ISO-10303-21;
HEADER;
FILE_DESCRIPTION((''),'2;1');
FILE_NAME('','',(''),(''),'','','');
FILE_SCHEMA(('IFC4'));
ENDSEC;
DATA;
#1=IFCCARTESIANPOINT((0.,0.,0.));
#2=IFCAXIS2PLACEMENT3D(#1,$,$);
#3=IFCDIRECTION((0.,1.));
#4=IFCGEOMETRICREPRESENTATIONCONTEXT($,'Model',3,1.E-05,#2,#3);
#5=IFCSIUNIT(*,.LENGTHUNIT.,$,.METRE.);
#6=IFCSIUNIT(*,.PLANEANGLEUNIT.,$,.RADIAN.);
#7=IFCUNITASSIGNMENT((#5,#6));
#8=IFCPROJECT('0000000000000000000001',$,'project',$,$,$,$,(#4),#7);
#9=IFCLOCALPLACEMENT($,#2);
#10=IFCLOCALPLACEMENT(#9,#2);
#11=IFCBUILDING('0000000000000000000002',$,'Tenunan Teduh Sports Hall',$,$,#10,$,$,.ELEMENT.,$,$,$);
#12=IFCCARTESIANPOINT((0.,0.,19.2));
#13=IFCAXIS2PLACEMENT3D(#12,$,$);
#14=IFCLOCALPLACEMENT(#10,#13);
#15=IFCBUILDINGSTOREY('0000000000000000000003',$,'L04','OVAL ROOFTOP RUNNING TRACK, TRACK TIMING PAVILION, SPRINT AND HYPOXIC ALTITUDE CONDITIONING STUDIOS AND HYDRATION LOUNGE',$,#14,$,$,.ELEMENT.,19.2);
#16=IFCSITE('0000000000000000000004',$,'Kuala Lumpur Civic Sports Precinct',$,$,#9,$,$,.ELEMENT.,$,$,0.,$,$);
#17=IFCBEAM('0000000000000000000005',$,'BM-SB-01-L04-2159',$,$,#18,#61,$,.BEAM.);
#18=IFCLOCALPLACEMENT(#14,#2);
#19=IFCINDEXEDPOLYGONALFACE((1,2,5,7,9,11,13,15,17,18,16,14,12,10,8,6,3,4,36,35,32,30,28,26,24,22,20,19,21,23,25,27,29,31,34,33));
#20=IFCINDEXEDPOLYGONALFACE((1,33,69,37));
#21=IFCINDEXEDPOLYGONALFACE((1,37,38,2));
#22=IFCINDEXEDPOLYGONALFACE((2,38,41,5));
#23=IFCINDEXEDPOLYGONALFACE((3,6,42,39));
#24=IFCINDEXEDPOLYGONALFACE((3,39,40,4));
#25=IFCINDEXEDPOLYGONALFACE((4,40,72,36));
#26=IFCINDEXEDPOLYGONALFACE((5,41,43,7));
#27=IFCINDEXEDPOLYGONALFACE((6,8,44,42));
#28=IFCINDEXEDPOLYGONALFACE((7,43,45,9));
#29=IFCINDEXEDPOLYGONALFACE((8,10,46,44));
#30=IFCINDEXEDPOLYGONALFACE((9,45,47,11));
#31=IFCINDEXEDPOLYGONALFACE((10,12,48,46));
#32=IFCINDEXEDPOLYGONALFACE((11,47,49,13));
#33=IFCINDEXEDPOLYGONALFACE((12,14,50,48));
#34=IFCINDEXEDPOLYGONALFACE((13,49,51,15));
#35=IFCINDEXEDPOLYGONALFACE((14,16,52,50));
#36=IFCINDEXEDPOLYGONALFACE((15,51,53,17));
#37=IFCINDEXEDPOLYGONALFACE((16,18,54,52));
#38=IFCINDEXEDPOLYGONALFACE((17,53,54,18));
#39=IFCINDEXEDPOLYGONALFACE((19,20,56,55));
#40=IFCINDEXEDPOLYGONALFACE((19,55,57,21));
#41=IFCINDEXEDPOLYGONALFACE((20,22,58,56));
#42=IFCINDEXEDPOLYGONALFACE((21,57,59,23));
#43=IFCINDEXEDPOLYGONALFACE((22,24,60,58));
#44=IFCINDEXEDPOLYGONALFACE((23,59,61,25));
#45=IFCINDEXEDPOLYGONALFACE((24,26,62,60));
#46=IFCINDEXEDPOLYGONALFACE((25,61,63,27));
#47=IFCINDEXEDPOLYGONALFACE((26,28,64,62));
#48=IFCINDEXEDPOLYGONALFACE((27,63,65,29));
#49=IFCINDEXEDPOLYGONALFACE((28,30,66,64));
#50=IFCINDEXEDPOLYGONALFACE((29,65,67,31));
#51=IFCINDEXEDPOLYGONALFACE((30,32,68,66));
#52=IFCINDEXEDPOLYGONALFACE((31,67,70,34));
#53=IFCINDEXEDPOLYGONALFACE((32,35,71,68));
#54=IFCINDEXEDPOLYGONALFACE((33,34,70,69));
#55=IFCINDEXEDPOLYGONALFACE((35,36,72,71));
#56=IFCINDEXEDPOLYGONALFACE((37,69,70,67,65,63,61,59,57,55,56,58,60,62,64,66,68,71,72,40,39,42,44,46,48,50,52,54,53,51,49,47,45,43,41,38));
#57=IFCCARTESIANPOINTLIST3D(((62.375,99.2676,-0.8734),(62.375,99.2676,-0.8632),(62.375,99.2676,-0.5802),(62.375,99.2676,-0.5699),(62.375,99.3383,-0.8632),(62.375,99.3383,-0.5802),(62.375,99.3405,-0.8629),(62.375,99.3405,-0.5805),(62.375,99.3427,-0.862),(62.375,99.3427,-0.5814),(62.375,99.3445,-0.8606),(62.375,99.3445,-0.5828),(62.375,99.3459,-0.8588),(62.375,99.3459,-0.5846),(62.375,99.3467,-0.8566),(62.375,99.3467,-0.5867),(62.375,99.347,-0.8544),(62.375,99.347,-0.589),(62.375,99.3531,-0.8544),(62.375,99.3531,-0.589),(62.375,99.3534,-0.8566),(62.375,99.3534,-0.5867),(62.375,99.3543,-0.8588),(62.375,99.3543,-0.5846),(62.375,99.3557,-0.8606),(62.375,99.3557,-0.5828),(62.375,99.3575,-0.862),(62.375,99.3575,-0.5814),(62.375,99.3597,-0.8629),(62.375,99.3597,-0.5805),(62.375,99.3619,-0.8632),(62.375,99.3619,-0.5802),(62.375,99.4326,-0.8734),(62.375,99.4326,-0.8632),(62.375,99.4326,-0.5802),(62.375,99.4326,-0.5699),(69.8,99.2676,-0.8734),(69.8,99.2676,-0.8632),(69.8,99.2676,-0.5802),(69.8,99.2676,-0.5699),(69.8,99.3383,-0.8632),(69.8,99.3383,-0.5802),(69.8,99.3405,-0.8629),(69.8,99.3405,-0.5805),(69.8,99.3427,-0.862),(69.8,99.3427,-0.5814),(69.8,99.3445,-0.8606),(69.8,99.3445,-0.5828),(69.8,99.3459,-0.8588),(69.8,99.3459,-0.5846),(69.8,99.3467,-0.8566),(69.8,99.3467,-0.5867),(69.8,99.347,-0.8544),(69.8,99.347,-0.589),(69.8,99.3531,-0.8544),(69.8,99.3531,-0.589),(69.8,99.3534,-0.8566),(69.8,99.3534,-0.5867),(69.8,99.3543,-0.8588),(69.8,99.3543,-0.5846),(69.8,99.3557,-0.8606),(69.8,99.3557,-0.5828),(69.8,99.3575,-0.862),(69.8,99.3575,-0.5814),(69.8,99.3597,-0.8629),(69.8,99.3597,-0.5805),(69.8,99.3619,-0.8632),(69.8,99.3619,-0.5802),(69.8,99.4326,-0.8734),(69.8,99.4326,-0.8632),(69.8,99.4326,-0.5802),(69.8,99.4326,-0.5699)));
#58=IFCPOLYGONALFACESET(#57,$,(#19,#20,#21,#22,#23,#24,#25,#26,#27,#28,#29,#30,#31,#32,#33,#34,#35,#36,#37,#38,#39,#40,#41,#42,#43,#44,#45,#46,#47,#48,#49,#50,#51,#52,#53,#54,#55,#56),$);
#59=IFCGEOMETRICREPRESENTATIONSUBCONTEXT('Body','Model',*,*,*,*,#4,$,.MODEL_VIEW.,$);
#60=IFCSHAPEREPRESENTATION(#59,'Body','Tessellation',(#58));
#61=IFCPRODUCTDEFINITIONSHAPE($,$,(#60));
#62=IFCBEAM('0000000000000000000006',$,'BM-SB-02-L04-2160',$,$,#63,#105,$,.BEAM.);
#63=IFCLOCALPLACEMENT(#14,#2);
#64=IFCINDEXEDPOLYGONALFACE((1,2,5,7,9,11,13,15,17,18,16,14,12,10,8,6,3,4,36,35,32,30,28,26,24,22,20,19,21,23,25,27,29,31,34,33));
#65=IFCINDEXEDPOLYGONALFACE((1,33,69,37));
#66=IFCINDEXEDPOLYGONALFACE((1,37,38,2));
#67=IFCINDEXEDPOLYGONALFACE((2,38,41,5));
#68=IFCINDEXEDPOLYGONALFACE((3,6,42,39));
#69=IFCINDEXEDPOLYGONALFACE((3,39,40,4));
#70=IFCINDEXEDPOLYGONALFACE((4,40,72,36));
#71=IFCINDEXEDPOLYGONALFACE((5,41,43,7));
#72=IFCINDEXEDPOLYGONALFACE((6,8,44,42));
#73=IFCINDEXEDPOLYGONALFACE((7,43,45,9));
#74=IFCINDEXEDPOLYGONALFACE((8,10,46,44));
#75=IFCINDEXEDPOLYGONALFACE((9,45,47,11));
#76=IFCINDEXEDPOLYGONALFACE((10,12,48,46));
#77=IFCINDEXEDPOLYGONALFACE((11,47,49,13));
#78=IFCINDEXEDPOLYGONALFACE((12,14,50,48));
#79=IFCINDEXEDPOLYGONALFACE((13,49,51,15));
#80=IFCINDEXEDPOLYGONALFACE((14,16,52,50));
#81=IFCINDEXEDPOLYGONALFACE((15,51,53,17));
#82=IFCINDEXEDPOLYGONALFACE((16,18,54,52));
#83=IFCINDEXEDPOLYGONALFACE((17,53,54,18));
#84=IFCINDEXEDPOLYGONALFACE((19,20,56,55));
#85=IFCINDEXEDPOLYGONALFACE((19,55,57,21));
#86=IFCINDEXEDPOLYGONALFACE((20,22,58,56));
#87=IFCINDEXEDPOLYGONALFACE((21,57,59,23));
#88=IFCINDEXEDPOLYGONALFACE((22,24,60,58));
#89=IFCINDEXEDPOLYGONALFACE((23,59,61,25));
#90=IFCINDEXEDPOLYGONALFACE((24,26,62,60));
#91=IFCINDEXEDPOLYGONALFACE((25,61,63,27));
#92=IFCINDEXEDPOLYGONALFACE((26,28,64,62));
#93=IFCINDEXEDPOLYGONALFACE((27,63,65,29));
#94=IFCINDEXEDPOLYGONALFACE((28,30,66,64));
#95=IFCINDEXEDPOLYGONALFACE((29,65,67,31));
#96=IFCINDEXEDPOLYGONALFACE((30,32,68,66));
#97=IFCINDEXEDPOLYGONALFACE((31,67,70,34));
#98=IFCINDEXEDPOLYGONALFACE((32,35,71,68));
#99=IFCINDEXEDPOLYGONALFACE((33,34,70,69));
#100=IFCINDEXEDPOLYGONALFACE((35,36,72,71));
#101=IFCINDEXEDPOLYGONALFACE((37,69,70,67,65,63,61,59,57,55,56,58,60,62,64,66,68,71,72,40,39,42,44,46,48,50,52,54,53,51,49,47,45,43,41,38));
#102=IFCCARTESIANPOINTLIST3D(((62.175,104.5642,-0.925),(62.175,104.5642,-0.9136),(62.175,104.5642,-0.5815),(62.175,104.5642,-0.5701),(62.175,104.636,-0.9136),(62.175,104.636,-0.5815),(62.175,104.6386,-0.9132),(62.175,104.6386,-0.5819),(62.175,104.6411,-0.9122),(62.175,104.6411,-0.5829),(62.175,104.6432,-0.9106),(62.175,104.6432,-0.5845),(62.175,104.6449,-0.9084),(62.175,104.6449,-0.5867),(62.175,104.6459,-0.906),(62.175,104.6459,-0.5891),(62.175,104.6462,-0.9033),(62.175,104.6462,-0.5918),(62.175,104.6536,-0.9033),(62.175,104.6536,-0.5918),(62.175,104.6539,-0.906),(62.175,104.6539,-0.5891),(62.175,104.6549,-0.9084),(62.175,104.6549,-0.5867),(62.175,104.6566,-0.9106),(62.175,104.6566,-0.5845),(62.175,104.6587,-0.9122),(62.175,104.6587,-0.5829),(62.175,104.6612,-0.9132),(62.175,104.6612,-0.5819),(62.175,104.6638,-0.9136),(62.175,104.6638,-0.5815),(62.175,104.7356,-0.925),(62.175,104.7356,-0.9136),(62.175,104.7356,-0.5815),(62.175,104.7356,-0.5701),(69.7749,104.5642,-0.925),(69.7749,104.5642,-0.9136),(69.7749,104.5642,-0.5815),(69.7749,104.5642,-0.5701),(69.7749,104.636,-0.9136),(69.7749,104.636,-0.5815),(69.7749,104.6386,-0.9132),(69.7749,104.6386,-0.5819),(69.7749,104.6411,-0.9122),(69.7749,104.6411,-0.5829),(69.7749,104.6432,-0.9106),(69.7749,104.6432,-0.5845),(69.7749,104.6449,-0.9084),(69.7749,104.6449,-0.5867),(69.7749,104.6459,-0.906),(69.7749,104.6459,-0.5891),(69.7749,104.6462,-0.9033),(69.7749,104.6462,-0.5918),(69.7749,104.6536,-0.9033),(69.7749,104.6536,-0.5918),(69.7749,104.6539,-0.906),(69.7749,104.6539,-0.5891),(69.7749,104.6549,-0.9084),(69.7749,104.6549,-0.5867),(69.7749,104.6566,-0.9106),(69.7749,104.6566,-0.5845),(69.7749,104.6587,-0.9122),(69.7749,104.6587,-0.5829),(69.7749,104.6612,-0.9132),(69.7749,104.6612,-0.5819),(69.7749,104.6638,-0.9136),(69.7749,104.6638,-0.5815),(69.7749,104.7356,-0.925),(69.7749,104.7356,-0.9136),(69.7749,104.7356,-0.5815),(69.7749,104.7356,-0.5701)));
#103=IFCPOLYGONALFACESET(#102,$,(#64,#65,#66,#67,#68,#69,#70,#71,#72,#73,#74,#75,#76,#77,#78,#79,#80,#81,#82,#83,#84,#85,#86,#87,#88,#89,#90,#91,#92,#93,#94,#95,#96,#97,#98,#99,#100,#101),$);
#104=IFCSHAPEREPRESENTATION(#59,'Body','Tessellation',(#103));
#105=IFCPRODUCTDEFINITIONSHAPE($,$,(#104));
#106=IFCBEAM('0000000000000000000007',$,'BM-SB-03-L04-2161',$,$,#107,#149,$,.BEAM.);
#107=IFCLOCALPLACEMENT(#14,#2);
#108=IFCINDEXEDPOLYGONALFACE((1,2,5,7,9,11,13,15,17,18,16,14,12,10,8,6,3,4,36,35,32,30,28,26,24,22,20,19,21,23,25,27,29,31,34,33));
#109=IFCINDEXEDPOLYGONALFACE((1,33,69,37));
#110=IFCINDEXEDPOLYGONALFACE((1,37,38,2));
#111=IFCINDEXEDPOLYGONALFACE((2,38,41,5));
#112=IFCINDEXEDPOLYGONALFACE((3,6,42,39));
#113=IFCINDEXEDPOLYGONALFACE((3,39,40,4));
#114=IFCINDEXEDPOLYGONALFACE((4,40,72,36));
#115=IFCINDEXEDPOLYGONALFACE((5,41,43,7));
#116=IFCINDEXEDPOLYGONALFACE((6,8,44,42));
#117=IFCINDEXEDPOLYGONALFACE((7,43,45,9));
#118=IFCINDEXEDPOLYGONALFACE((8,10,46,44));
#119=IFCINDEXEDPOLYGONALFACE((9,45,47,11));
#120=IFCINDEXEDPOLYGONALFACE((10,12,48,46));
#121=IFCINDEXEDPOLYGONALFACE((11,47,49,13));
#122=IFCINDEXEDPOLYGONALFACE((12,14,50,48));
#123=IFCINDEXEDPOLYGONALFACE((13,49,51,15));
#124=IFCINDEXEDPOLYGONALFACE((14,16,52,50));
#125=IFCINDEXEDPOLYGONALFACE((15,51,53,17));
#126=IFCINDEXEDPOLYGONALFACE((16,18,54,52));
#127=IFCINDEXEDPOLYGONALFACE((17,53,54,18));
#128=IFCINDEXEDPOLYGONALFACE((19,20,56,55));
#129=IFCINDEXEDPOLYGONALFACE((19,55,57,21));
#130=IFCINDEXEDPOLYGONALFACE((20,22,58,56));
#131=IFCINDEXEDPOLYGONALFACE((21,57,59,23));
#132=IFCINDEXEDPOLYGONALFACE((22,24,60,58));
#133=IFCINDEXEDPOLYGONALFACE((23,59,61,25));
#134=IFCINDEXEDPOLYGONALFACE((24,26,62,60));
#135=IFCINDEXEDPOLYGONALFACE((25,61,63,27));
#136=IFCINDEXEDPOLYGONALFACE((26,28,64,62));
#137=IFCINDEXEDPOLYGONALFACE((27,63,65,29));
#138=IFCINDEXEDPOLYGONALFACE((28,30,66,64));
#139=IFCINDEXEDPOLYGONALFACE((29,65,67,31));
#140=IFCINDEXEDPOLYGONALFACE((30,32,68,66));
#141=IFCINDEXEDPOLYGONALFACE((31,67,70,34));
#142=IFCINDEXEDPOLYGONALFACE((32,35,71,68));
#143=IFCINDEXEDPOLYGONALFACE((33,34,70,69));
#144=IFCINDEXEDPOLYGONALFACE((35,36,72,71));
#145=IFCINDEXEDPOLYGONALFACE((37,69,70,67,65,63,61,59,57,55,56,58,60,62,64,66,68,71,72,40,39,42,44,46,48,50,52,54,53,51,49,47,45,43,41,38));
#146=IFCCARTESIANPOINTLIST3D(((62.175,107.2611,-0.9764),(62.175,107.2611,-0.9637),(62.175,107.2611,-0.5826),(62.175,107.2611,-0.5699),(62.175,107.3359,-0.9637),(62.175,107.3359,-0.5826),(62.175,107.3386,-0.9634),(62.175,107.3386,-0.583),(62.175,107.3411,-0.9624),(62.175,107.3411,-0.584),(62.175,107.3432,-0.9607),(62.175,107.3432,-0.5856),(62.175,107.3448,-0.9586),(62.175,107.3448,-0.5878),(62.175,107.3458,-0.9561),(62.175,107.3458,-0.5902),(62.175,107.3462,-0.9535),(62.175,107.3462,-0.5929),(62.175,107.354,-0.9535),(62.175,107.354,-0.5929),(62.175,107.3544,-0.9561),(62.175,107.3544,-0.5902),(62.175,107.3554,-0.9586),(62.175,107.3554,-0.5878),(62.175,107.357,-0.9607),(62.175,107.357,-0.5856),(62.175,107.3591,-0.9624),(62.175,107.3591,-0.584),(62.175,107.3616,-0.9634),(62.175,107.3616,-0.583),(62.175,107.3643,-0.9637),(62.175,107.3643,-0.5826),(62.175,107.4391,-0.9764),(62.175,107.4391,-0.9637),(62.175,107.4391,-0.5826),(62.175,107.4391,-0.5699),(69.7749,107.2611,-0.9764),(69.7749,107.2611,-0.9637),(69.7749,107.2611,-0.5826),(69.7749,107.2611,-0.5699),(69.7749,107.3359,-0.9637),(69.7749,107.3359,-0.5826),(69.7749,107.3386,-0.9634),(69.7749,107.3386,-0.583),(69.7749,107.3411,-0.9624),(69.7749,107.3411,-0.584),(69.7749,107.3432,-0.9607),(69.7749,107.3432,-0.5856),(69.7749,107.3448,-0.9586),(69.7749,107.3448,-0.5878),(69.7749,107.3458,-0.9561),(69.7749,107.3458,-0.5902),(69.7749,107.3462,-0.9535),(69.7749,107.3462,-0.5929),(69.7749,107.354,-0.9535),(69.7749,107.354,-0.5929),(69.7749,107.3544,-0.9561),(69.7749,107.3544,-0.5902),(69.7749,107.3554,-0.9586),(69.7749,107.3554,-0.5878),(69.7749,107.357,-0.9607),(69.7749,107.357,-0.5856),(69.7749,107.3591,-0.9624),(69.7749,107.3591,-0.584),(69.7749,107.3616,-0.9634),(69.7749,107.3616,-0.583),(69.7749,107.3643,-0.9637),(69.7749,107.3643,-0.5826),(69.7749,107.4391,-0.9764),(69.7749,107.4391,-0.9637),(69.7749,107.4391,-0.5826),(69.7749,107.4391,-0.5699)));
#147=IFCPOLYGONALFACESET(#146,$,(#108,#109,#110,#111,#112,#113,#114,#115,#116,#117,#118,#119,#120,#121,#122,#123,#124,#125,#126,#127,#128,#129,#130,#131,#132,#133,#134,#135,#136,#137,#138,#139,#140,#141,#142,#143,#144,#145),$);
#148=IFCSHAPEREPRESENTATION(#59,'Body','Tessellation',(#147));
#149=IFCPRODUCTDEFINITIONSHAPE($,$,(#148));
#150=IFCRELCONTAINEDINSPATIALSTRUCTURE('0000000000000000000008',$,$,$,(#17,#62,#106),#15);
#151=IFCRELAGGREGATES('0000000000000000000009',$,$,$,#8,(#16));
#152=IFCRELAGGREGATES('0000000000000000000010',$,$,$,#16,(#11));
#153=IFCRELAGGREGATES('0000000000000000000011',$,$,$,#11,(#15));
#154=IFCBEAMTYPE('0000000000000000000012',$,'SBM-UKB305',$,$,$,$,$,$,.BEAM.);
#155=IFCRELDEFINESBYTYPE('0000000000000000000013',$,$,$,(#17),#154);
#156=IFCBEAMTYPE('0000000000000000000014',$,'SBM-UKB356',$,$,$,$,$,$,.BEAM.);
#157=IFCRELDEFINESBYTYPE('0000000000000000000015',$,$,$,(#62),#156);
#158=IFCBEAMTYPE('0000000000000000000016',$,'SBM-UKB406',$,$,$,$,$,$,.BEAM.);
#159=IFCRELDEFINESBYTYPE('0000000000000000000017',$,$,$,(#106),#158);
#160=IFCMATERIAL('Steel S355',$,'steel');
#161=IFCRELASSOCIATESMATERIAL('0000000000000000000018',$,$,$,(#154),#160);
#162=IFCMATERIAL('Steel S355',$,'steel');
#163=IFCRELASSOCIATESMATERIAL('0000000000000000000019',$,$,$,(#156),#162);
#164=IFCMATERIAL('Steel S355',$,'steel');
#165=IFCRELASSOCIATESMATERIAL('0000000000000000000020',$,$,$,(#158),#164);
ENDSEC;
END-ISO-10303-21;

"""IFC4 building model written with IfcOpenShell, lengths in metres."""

from ifc_helpers import new_model, si_unit, direction, frame, origin, origin_2d, place, context, subcontext, project, spatial, i_section, extrude, material, material_profile, profile_set, type_object, element, save


model = new_model("IFC4")

# Units and contexts
model_context = context("Model", 3, precision=1e-05, world=origin(), true_north=direction((0.0, 1.0)))
body_context = subcontext(model_context, "Body", "Model", "MODEL_VIEW")
ifc_project = project(units=[si_unit("LENGTHUNIT", "METRE"), si_unit("PLANEANGLEUNIT", "RADIAN")], contexts=[model_context])

# Site, building, storey
site_placement = place(None, origin())
site = spatial("IfcSite", under=ifc_project, at=site_placement, Name="Kuala Lumpur Civic Sports Precinct", CompositionType="ELEMENT", RefElevation=0.0)
building_placement = place(site_placement, origin())
building = spatial("IfcBuilding", under=site, at=building_placement, Name="Tenunan Teduh Sports Hall", CompositionType="ELEMENT")
storey_placement = place(building_placement, frame((0.0, 0.0, 19.2)))
storey = spatial("IfcBuildingStorey", under=building, at=storey_placement, Name="L04", Description="OVAL ROOFTOP RUNNING TRACK, TRACK TIMING PAVILION, SPRINT AND HYPOXIC ALTITUDE CONDITIONING STUDIOS AND HYDRATION LOUNGE", CompositionType="ELEMENT", Elevation=19.2)

# Beams
ifc_material_1 = material(Name="Steel S355", Category="steel")
ifc_material_profile_1 = material_profile(ifc_material_1, i_section(OverallWidth=0.165, OverallDepth=0.3035, WebThickness=0.0061, FlangeThickness=0.0103, FilletRadius=0.0088, at=origin_2d()), Name="UKB 305x165x40")
ifc_profile_set_1 = profile_set([ifc_material_profile_1], Name="Steel S355")
beam_type_1 = type_object("IfcBeamType", Name="SBM-UKB305", PredefinedType="BEAM", material=ifc_profile_set_1)
beam_1_placement = place(storey_placement, frame((62.375, 99.3501, -0.7217), z_axis=(1.0, 0.0, 0.0), x_axis=(0.0, 1.0, 0.0)))
element("IfcBeam", 1, at=beam_1_placement, inside=storey, type_object=beam_type_1, Name="BM-SB-01-L04-2159", PredefinedType="BEAM", context=body_context, shape_type="SweptSolid", body=[
    extrude(i_section(OverallWidth=0.165, OverallDepth=0.3035, WebThickness=0.0061, FlangeThickness=0.0103, FilletRadius=0.0088, at=origin_2d()), origin(), (0.0, 0.0, 1.0), 7.425),
])
ifc_material_2 = material(Name="Steel S355", Category="steel")
ifc_material_profile_2 = material_profile(ifc_material_2, i_section(OverallWidth=0.1714, OverallDepth=0.355, WebThickness=0.0073, FlangeThickness=0.0115, FilletRadius=0.0103, at=origin_2d()), Name="UKB 356x171x51")
ifc_profile_set_2 = profile_set([ifc_material_profile_2], Name="Steel S355")
beam_type_2 = type_object("IfcBeamType", Name="SBM-UKB356", PredefinedType="BEAM", material=ifc_profile_set_2)
beam_2_placement = place(storey_placement, frame((62.175, 104.6499, -0.7476), z_axis=(1.0, 0.0, 0.0), x_axis=(0.0, 1.0, 0.0)))
element("IfcBeam", 2, at=beam_2_placement, inside=storey, type_object=beam_type_2, Name="BM-SB-02-L04-2160", PredefinedType="BEAM", context=body_context, shape_type="SweptSolid", body=[
    extrude(i_section(OverallWidth=0.1714, OverallDepth=0.355, WebThickness=0.0073, FlangeThickness=0.0115, FilletRadius=0.0103, at=origin_2d()), origin(), (0.0, 0.0, 1.0), 7.5999),
])
ifc_material_3 = material(Name="Steel S355", Category="steel")
ifc_material_profile_3 = material_profile(ifc_material_3, i_section(OverallWidth=0.178, OverallDepth=0.4065, WebThickness=0.0078, FlangeThickness=0.0127, FilletRadius=0.0103, at=origin_2d()), Name="UKB 406x178x60")
ifc_profile_set_3 = profile_set([ifc_material_profile_3], Name="Steel S355")
beam_type_3 = type_object("IfcBeamType", Name="SBM-UKB406", PredefinedType="BEAM", material=ifc_profile_set_3)
beam_3_placement = place(storey_placement, frame((62.175, 107.3501, -0.7732), z_axis=(1.0, 0.0, 0.0), x_axis=(0.0, 1.0, 0.0)))
element("IfcBeam", 3, at=beam_3_placement, inside=storey, type_object=beam_type_3, Name="BM-SB-03-L04-2161", PredefinedType="BEAM", context=body_context, shape_type="SweptSolid", body=[
    extrude(i_section(OverallWidth=0.178, OverallDepth=0.4065, WebThickness=0.0078, FlangeThickness=0.0127, FilletRadius=0.0103, at=origin_2d()), origin(), (0.0, 0.0, 1.0), 7.5999),
])

save(model, "model.ifc")
